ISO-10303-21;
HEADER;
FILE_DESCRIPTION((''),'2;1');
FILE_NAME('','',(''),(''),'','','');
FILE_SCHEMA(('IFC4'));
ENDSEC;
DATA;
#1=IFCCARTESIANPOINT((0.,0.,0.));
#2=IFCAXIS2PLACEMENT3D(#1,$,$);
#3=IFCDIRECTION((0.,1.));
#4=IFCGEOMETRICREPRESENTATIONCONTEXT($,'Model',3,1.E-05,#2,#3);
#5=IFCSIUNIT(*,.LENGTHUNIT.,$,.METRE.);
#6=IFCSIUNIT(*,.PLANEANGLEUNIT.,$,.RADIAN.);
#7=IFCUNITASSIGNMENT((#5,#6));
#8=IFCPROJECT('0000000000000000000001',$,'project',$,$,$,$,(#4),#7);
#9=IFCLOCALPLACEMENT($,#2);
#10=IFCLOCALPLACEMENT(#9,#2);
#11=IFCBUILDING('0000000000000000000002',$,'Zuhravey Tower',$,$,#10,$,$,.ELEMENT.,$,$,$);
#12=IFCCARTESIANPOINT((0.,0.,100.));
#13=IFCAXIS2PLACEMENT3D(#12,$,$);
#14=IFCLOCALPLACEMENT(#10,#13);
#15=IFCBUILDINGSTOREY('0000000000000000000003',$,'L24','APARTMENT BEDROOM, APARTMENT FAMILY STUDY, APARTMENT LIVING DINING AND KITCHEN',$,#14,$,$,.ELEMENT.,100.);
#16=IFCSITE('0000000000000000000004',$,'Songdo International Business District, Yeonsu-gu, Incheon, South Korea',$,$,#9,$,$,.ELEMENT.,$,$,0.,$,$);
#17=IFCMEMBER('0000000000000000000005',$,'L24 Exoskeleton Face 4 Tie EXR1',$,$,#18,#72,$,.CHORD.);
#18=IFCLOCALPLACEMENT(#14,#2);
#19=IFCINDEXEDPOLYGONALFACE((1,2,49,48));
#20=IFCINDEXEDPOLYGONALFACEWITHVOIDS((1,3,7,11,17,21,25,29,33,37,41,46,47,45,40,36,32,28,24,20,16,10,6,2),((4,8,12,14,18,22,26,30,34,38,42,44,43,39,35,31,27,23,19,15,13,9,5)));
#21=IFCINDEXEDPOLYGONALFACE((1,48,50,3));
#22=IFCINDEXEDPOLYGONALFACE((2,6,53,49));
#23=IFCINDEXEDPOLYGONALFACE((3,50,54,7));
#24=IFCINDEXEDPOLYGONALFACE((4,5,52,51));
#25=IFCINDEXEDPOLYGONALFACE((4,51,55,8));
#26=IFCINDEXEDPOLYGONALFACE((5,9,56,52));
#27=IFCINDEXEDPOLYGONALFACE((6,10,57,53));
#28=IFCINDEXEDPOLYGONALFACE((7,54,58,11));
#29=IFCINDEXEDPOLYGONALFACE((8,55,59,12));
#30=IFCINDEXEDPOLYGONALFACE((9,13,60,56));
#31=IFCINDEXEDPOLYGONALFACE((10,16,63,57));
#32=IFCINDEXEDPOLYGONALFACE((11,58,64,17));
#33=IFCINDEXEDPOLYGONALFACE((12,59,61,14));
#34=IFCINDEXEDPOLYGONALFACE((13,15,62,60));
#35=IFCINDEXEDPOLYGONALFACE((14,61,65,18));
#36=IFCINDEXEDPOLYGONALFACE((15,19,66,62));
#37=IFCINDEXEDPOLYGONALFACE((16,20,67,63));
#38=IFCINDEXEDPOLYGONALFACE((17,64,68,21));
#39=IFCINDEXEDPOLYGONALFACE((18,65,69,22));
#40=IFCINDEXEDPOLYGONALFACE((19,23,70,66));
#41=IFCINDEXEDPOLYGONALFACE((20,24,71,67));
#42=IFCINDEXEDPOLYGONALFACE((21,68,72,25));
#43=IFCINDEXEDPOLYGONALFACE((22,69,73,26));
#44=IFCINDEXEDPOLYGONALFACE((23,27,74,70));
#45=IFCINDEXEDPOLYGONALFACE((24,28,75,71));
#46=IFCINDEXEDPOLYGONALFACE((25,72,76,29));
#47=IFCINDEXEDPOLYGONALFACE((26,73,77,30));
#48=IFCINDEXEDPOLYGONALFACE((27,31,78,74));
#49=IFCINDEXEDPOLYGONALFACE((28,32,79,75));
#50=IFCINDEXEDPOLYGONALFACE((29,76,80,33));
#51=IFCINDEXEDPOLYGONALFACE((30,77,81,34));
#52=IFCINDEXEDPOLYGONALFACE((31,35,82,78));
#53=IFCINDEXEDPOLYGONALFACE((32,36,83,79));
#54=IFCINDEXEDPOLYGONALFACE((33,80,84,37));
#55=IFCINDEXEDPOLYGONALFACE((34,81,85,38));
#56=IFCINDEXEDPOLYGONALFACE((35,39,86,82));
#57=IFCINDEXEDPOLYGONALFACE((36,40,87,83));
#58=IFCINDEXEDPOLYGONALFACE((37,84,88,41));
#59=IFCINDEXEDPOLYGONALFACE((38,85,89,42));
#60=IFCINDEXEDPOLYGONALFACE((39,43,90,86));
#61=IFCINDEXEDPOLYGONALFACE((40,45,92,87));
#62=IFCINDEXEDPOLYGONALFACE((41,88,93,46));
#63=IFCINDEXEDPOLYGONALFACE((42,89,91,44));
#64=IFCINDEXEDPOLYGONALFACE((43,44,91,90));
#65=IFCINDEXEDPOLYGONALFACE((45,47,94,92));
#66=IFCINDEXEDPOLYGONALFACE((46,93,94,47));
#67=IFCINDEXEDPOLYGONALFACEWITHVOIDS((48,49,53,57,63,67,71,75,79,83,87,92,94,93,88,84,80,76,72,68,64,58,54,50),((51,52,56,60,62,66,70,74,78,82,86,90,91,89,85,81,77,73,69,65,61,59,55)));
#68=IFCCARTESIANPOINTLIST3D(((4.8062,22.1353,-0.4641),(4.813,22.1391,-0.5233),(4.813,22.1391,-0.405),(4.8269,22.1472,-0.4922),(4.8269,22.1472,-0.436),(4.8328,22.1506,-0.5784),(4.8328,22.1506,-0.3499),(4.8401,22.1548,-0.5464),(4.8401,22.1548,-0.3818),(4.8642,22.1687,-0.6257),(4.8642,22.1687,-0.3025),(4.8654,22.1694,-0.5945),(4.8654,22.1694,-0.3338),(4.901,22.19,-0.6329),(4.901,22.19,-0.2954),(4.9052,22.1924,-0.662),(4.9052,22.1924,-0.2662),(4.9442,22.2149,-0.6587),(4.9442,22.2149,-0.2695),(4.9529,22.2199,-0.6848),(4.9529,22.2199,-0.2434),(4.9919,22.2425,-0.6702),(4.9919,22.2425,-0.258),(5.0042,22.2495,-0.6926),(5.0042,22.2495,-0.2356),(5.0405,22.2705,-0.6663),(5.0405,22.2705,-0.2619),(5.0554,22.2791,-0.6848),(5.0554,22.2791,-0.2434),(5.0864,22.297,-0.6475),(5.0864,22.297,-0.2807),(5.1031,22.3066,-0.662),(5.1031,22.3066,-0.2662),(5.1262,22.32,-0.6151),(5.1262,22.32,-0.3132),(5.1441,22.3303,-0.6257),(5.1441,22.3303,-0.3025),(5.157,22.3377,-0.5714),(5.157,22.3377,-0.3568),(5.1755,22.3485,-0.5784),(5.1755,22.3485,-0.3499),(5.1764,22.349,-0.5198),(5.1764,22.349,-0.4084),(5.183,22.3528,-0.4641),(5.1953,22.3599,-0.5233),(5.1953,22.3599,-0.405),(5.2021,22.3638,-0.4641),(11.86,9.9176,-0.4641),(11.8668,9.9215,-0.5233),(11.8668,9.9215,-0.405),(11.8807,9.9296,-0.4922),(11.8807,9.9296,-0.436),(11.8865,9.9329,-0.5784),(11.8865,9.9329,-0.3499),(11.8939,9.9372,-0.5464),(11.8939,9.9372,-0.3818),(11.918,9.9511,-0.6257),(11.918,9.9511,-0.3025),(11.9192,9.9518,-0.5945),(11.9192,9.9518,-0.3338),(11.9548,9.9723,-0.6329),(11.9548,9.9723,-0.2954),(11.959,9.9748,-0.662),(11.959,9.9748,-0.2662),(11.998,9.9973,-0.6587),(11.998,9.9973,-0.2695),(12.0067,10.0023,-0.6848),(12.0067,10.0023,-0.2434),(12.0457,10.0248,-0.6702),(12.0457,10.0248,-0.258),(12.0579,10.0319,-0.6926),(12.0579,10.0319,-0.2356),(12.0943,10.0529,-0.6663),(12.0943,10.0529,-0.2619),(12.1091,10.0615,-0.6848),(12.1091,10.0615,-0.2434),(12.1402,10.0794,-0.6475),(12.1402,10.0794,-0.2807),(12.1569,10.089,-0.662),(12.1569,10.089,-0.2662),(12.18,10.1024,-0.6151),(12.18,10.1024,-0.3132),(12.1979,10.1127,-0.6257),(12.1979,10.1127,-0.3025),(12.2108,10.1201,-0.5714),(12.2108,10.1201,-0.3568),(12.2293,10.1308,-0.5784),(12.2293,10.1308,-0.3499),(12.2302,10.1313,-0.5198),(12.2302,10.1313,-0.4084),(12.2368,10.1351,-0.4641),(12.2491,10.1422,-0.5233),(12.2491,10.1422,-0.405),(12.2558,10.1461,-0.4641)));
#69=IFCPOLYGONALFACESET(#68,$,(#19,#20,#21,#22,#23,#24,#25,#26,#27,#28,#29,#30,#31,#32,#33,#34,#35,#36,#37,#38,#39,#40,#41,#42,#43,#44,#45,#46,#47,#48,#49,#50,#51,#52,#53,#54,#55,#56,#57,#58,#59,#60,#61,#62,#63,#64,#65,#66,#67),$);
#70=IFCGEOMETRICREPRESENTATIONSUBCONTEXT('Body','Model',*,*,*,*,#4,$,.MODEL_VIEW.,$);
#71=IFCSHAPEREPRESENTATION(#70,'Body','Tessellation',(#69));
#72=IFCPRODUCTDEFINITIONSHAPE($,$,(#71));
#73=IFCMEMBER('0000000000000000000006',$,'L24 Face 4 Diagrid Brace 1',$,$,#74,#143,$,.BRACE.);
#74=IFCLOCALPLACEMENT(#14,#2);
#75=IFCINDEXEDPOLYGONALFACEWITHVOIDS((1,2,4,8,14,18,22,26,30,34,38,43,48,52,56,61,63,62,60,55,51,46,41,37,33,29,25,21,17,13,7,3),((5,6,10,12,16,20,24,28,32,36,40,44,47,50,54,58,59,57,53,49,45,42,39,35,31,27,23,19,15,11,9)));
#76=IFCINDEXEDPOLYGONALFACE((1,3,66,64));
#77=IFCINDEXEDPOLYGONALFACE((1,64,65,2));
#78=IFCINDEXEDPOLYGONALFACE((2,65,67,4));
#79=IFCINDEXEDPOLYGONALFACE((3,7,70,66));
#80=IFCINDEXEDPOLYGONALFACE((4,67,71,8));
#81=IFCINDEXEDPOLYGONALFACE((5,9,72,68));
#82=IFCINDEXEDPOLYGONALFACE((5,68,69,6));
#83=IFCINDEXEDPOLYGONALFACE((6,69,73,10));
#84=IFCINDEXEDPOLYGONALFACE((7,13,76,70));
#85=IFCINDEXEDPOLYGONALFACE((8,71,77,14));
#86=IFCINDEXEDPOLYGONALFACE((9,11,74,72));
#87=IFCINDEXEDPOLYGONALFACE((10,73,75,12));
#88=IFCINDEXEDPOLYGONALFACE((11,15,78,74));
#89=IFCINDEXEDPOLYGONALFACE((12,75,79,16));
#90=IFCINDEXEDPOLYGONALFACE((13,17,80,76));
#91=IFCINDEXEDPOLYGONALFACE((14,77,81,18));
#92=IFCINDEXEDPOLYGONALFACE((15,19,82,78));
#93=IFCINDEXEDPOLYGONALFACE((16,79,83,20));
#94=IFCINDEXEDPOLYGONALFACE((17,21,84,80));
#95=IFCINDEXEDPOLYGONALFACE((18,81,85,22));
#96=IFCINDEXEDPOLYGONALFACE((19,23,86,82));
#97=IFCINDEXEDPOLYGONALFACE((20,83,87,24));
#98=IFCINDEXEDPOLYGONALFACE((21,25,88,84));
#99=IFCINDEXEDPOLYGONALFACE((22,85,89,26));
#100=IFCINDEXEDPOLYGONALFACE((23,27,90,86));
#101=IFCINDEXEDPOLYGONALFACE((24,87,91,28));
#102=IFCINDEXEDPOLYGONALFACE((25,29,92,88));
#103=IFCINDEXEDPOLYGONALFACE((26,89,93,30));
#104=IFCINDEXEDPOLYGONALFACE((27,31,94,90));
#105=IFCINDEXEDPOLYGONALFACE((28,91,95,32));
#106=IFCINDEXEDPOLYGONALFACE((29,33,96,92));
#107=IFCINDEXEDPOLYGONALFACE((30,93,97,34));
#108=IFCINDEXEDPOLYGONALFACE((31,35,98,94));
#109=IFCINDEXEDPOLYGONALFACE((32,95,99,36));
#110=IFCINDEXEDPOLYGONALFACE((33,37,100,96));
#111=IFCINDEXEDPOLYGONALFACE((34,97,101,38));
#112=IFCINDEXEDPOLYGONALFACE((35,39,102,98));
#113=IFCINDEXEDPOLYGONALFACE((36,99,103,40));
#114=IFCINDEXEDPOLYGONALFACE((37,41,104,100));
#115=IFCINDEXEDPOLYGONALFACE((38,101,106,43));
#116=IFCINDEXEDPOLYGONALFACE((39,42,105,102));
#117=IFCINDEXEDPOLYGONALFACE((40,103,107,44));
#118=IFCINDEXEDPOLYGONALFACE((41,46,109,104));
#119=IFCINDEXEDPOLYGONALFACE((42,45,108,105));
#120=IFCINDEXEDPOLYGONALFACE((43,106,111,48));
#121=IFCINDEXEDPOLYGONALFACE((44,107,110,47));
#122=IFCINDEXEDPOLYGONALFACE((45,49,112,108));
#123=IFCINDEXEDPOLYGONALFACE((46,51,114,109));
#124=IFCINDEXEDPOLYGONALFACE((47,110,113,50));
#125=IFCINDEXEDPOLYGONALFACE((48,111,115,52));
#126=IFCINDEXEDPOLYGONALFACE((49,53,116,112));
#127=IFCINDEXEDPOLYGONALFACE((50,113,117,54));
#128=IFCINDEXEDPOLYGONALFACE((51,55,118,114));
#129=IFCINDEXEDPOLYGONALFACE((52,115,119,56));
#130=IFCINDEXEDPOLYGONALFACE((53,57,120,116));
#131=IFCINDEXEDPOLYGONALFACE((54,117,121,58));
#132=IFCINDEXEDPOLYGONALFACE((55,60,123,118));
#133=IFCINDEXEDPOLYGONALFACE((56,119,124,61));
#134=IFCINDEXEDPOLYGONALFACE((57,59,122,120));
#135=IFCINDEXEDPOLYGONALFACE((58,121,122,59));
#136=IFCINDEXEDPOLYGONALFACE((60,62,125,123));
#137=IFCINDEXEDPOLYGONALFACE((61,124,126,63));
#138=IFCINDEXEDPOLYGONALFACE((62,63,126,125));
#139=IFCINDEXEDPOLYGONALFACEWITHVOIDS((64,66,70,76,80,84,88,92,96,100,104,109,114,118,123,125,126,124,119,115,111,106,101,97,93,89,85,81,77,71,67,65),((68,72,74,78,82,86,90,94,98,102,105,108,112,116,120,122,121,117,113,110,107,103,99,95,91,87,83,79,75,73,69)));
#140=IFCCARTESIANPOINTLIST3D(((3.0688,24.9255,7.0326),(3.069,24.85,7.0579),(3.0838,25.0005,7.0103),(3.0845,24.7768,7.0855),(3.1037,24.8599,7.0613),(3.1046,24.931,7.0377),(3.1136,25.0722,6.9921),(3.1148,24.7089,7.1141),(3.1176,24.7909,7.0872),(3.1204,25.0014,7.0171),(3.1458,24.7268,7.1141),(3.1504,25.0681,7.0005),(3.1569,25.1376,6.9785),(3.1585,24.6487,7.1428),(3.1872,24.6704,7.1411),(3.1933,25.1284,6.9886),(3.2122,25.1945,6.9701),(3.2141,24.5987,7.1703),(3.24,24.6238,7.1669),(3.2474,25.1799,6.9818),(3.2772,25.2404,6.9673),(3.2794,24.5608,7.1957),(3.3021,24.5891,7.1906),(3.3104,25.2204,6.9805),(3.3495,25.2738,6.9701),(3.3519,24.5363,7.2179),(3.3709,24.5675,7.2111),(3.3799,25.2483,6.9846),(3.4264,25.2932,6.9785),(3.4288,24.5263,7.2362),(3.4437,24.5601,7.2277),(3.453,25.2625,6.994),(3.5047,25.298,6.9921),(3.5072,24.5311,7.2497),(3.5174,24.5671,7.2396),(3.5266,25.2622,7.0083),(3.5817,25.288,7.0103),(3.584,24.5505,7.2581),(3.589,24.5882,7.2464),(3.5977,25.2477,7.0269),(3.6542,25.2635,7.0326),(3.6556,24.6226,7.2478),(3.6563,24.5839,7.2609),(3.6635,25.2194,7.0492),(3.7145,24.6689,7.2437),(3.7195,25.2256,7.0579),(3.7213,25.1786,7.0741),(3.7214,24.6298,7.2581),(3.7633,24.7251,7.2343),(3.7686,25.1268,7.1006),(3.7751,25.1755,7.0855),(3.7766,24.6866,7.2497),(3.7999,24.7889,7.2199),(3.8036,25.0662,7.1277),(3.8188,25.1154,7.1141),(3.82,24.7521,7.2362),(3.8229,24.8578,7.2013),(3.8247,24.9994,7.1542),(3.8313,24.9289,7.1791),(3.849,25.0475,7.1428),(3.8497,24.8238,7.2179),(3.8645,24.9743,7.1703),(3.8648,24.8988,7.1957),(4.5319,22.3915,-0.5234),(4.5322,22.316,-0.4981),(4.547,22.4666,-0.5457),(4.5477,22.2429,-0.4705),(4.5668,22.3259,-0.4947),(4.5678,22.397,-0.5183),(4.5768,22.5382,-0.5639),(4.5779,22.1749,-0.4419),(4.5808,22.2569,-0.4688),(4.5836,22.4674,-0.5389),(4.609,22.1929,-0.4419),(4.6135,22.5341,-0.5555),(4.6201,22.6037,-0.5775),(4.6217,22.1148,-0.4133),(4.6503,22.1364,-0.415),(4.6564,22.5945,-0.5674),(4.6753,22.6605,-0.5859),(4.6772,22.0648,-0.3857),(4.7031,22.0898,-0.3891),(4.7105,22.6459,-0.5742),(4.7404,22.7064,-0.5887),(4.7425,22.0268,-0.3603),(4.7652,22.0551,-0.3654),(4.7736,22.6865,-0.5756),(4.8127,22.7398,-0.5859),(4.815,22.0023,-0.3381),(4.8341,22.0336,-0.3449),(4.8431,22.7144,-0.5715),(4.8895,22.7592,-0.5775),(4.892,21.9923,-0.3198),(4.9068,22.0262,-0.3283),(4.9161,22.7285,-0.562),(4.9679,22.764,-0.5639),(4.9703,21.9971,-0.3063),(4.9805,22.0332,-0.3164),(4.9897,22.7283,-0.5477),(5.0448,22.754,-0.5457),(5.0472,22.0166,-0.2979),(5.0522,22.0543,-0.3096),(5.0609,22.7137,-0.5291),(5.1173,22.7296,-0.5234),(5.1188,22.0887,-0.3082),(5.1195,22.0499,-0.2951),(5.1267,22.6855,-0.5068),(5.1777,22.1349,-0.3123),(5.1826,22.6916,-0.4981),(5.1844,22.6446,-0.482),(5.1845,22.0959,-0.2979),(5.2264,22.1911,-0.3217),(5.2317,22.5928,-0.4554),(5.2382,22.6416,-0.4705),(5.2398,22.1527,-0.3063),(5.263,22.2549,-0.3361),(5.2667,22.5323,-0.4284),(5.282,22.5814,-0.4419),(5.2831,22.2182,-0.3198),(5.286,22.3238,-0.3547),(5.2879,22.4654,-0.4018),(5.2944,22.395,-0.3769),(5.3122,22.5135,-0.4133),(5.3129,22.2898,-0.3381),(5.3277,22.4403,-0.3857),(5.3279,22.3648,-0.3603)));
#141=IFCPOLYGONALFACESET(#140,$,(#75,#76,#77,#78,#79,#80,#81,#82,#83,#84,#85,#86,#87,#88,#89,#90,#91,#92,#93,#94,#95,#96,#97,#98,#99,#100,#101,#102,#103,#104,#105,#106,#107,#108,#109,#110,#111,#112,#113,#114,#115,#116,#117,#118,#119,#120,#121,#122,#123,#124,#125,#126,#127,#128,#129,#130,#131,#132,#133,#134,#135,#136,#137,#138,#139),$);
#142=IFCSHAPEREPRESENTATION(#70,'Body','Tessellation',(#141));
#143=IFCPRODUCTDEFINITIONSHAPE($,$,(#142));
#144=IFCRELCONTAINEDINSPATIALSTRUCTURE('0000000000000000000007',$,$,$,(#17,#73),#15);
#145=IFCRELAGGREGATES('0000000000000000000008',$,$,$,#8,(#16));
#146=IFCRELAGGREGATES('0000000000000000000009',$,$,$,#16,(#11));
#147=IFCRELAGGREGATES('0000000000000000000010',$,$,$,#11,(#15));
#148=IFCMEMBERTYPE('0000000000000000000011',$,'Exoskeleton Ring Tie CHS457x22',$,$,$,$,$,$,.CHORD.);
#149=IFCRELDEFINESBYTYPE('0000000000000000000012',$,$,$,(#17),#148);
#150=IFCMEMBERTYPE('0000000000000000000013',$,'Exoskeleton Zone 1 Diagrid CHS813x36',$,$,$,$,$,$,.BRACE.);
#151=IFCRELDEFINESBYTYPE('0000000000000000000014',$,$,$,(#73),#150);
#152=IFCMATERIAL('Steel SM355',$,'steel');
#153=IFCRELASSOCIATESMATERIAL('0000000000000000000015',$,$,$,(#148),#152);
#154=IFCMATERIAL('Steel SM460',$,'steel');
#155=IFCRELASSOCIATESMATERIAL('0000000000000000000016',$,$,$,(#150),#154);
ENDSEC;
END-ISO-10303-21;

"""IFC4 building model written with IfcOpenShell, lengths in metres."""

from ifc_helpers import new_model, si_unit, direction, frame, origin, origin_2d, place, context, subcontext, project, spatial, hollow_circle, extrude, material, material_profile, profile_set, type_object, element, save


model = new_model("IFC4")

# Units and contexts
model_context = context("Model", 3, precision=1e-05, world=origin(), true_north=direction((0.0, 1.0)))
body_context = subcontext(model_context, "Body", "Model", "MODEL_VIEW")
ifc_project = project(units=[si_unit("LENGTHUNIT", "METRE"), si_unit("PLANEANGLEUNIT", "RADIAN")], contexts=[model_context])

# Site, building, storey
site_placement = place(None, origin())
site = spatial("IfcSite", under=ifc_project, at=site_placement, Name="Songdo International Business District, Yeonsu-gu, Incheon, South Korea", CompositionType="ELEMENT", RefElevation=0.0)
building_placement = place(site_placement, origin())
building = spatial("IfcBuilding", under=site, at=building_placement, Name="Zuhravey Tower", CompositionType="ELEMENT")
storey_placement = place(building_placement, frame((0.0, 0.0, 100.0)))
storey = spatial("IfcBuildingStorey", under=building, at=storey_placement, Name="L24", Description="APARTMENT BEDROOM, APARTMENT FAMILY STUDY, APARTMENT LIVING DINING AND KITCHEN", CompositionType="ELEMENT", Elevation=100.0)

# Members
ifc_material_1 = material(Name="Steel SM355", Category="steel")
ifc_material_profile_1 = material_profile(ifc_material_1, hollow_circle(Radius=0.2285, WallThickness=0.022, at=origin_2d()), Name="CHS-457.2x22")
ifc_profile_set_1 = profile_set([ifc_material_profile_1], Name="Steel SM355")
member_type_1 = type_object("IfcMemberType", Name="Exoskeleton Ring Tie CHS457x22", PredefinedType="CHORD", material=ifc_profile_set_1)
member_1_placement = place(storey_placement, frame((5.0042, 22.2495, -0.4641), z_axis=(0.499996, -0.866028, 0.0), x_axis=(0.866028, 0.499996, 0.0)))
element("IfcMember", 1, at=member_1_placement, inside=storey, type_object=member_type_1, Name="L24 Exoskeleton Face 4 Tie EXR1", PredefinedType="CHORD", context=body_context, shape_type="SweptSolid", body=[
    extrude(hollow_circle(Radius=0.2285, WallThickness=0.022, at=origin_2d()), origin(), (0.0, 0.0, 1.0), 14.1077),
])
ifc_material_2 = material(Name="Steel SM460", Category="steel")
ifc_material_profile_2 = material_profile(ifc_material_2, hollow_circle(Radius=0.4065, WallThickness=0.0359, at=origin_2d()), Name="CHS-812.8x36")
ifc_profile_set_2 = profile_set([ifc_material_profile_2], Name="Steel SM460")
member_type_2 = type_object("IfcMemberType", Name="Exoskeleton Zone 1 Diagrid CHS813x36", PredefinedType="BRACE", material=ifc_profile_set_2)
member_2_placement = place(storey_placement, frame((4.9299, 22.3782, -0.4419), z_axis=(-0.180574, 0.312728, 0.93252), x_axis=(-0.866001, -0.500043, 0.0)))
element("IfcMember", 2, at=member_2_placement, inside=storey, type_object=member_type_2, Name="L24 Face 4 Diagrid Brace 1", PredefinedType="BRACE", context=body_context, shape_type="SweptSolid", body=[
    extrude(hollow_circle(Radius=0.4065, WallThickness=0.0359, at=origin_2d()), origin(), (0.0, 0.0, 1.0), 8.1028),
])

save(model, "model.ifc")
